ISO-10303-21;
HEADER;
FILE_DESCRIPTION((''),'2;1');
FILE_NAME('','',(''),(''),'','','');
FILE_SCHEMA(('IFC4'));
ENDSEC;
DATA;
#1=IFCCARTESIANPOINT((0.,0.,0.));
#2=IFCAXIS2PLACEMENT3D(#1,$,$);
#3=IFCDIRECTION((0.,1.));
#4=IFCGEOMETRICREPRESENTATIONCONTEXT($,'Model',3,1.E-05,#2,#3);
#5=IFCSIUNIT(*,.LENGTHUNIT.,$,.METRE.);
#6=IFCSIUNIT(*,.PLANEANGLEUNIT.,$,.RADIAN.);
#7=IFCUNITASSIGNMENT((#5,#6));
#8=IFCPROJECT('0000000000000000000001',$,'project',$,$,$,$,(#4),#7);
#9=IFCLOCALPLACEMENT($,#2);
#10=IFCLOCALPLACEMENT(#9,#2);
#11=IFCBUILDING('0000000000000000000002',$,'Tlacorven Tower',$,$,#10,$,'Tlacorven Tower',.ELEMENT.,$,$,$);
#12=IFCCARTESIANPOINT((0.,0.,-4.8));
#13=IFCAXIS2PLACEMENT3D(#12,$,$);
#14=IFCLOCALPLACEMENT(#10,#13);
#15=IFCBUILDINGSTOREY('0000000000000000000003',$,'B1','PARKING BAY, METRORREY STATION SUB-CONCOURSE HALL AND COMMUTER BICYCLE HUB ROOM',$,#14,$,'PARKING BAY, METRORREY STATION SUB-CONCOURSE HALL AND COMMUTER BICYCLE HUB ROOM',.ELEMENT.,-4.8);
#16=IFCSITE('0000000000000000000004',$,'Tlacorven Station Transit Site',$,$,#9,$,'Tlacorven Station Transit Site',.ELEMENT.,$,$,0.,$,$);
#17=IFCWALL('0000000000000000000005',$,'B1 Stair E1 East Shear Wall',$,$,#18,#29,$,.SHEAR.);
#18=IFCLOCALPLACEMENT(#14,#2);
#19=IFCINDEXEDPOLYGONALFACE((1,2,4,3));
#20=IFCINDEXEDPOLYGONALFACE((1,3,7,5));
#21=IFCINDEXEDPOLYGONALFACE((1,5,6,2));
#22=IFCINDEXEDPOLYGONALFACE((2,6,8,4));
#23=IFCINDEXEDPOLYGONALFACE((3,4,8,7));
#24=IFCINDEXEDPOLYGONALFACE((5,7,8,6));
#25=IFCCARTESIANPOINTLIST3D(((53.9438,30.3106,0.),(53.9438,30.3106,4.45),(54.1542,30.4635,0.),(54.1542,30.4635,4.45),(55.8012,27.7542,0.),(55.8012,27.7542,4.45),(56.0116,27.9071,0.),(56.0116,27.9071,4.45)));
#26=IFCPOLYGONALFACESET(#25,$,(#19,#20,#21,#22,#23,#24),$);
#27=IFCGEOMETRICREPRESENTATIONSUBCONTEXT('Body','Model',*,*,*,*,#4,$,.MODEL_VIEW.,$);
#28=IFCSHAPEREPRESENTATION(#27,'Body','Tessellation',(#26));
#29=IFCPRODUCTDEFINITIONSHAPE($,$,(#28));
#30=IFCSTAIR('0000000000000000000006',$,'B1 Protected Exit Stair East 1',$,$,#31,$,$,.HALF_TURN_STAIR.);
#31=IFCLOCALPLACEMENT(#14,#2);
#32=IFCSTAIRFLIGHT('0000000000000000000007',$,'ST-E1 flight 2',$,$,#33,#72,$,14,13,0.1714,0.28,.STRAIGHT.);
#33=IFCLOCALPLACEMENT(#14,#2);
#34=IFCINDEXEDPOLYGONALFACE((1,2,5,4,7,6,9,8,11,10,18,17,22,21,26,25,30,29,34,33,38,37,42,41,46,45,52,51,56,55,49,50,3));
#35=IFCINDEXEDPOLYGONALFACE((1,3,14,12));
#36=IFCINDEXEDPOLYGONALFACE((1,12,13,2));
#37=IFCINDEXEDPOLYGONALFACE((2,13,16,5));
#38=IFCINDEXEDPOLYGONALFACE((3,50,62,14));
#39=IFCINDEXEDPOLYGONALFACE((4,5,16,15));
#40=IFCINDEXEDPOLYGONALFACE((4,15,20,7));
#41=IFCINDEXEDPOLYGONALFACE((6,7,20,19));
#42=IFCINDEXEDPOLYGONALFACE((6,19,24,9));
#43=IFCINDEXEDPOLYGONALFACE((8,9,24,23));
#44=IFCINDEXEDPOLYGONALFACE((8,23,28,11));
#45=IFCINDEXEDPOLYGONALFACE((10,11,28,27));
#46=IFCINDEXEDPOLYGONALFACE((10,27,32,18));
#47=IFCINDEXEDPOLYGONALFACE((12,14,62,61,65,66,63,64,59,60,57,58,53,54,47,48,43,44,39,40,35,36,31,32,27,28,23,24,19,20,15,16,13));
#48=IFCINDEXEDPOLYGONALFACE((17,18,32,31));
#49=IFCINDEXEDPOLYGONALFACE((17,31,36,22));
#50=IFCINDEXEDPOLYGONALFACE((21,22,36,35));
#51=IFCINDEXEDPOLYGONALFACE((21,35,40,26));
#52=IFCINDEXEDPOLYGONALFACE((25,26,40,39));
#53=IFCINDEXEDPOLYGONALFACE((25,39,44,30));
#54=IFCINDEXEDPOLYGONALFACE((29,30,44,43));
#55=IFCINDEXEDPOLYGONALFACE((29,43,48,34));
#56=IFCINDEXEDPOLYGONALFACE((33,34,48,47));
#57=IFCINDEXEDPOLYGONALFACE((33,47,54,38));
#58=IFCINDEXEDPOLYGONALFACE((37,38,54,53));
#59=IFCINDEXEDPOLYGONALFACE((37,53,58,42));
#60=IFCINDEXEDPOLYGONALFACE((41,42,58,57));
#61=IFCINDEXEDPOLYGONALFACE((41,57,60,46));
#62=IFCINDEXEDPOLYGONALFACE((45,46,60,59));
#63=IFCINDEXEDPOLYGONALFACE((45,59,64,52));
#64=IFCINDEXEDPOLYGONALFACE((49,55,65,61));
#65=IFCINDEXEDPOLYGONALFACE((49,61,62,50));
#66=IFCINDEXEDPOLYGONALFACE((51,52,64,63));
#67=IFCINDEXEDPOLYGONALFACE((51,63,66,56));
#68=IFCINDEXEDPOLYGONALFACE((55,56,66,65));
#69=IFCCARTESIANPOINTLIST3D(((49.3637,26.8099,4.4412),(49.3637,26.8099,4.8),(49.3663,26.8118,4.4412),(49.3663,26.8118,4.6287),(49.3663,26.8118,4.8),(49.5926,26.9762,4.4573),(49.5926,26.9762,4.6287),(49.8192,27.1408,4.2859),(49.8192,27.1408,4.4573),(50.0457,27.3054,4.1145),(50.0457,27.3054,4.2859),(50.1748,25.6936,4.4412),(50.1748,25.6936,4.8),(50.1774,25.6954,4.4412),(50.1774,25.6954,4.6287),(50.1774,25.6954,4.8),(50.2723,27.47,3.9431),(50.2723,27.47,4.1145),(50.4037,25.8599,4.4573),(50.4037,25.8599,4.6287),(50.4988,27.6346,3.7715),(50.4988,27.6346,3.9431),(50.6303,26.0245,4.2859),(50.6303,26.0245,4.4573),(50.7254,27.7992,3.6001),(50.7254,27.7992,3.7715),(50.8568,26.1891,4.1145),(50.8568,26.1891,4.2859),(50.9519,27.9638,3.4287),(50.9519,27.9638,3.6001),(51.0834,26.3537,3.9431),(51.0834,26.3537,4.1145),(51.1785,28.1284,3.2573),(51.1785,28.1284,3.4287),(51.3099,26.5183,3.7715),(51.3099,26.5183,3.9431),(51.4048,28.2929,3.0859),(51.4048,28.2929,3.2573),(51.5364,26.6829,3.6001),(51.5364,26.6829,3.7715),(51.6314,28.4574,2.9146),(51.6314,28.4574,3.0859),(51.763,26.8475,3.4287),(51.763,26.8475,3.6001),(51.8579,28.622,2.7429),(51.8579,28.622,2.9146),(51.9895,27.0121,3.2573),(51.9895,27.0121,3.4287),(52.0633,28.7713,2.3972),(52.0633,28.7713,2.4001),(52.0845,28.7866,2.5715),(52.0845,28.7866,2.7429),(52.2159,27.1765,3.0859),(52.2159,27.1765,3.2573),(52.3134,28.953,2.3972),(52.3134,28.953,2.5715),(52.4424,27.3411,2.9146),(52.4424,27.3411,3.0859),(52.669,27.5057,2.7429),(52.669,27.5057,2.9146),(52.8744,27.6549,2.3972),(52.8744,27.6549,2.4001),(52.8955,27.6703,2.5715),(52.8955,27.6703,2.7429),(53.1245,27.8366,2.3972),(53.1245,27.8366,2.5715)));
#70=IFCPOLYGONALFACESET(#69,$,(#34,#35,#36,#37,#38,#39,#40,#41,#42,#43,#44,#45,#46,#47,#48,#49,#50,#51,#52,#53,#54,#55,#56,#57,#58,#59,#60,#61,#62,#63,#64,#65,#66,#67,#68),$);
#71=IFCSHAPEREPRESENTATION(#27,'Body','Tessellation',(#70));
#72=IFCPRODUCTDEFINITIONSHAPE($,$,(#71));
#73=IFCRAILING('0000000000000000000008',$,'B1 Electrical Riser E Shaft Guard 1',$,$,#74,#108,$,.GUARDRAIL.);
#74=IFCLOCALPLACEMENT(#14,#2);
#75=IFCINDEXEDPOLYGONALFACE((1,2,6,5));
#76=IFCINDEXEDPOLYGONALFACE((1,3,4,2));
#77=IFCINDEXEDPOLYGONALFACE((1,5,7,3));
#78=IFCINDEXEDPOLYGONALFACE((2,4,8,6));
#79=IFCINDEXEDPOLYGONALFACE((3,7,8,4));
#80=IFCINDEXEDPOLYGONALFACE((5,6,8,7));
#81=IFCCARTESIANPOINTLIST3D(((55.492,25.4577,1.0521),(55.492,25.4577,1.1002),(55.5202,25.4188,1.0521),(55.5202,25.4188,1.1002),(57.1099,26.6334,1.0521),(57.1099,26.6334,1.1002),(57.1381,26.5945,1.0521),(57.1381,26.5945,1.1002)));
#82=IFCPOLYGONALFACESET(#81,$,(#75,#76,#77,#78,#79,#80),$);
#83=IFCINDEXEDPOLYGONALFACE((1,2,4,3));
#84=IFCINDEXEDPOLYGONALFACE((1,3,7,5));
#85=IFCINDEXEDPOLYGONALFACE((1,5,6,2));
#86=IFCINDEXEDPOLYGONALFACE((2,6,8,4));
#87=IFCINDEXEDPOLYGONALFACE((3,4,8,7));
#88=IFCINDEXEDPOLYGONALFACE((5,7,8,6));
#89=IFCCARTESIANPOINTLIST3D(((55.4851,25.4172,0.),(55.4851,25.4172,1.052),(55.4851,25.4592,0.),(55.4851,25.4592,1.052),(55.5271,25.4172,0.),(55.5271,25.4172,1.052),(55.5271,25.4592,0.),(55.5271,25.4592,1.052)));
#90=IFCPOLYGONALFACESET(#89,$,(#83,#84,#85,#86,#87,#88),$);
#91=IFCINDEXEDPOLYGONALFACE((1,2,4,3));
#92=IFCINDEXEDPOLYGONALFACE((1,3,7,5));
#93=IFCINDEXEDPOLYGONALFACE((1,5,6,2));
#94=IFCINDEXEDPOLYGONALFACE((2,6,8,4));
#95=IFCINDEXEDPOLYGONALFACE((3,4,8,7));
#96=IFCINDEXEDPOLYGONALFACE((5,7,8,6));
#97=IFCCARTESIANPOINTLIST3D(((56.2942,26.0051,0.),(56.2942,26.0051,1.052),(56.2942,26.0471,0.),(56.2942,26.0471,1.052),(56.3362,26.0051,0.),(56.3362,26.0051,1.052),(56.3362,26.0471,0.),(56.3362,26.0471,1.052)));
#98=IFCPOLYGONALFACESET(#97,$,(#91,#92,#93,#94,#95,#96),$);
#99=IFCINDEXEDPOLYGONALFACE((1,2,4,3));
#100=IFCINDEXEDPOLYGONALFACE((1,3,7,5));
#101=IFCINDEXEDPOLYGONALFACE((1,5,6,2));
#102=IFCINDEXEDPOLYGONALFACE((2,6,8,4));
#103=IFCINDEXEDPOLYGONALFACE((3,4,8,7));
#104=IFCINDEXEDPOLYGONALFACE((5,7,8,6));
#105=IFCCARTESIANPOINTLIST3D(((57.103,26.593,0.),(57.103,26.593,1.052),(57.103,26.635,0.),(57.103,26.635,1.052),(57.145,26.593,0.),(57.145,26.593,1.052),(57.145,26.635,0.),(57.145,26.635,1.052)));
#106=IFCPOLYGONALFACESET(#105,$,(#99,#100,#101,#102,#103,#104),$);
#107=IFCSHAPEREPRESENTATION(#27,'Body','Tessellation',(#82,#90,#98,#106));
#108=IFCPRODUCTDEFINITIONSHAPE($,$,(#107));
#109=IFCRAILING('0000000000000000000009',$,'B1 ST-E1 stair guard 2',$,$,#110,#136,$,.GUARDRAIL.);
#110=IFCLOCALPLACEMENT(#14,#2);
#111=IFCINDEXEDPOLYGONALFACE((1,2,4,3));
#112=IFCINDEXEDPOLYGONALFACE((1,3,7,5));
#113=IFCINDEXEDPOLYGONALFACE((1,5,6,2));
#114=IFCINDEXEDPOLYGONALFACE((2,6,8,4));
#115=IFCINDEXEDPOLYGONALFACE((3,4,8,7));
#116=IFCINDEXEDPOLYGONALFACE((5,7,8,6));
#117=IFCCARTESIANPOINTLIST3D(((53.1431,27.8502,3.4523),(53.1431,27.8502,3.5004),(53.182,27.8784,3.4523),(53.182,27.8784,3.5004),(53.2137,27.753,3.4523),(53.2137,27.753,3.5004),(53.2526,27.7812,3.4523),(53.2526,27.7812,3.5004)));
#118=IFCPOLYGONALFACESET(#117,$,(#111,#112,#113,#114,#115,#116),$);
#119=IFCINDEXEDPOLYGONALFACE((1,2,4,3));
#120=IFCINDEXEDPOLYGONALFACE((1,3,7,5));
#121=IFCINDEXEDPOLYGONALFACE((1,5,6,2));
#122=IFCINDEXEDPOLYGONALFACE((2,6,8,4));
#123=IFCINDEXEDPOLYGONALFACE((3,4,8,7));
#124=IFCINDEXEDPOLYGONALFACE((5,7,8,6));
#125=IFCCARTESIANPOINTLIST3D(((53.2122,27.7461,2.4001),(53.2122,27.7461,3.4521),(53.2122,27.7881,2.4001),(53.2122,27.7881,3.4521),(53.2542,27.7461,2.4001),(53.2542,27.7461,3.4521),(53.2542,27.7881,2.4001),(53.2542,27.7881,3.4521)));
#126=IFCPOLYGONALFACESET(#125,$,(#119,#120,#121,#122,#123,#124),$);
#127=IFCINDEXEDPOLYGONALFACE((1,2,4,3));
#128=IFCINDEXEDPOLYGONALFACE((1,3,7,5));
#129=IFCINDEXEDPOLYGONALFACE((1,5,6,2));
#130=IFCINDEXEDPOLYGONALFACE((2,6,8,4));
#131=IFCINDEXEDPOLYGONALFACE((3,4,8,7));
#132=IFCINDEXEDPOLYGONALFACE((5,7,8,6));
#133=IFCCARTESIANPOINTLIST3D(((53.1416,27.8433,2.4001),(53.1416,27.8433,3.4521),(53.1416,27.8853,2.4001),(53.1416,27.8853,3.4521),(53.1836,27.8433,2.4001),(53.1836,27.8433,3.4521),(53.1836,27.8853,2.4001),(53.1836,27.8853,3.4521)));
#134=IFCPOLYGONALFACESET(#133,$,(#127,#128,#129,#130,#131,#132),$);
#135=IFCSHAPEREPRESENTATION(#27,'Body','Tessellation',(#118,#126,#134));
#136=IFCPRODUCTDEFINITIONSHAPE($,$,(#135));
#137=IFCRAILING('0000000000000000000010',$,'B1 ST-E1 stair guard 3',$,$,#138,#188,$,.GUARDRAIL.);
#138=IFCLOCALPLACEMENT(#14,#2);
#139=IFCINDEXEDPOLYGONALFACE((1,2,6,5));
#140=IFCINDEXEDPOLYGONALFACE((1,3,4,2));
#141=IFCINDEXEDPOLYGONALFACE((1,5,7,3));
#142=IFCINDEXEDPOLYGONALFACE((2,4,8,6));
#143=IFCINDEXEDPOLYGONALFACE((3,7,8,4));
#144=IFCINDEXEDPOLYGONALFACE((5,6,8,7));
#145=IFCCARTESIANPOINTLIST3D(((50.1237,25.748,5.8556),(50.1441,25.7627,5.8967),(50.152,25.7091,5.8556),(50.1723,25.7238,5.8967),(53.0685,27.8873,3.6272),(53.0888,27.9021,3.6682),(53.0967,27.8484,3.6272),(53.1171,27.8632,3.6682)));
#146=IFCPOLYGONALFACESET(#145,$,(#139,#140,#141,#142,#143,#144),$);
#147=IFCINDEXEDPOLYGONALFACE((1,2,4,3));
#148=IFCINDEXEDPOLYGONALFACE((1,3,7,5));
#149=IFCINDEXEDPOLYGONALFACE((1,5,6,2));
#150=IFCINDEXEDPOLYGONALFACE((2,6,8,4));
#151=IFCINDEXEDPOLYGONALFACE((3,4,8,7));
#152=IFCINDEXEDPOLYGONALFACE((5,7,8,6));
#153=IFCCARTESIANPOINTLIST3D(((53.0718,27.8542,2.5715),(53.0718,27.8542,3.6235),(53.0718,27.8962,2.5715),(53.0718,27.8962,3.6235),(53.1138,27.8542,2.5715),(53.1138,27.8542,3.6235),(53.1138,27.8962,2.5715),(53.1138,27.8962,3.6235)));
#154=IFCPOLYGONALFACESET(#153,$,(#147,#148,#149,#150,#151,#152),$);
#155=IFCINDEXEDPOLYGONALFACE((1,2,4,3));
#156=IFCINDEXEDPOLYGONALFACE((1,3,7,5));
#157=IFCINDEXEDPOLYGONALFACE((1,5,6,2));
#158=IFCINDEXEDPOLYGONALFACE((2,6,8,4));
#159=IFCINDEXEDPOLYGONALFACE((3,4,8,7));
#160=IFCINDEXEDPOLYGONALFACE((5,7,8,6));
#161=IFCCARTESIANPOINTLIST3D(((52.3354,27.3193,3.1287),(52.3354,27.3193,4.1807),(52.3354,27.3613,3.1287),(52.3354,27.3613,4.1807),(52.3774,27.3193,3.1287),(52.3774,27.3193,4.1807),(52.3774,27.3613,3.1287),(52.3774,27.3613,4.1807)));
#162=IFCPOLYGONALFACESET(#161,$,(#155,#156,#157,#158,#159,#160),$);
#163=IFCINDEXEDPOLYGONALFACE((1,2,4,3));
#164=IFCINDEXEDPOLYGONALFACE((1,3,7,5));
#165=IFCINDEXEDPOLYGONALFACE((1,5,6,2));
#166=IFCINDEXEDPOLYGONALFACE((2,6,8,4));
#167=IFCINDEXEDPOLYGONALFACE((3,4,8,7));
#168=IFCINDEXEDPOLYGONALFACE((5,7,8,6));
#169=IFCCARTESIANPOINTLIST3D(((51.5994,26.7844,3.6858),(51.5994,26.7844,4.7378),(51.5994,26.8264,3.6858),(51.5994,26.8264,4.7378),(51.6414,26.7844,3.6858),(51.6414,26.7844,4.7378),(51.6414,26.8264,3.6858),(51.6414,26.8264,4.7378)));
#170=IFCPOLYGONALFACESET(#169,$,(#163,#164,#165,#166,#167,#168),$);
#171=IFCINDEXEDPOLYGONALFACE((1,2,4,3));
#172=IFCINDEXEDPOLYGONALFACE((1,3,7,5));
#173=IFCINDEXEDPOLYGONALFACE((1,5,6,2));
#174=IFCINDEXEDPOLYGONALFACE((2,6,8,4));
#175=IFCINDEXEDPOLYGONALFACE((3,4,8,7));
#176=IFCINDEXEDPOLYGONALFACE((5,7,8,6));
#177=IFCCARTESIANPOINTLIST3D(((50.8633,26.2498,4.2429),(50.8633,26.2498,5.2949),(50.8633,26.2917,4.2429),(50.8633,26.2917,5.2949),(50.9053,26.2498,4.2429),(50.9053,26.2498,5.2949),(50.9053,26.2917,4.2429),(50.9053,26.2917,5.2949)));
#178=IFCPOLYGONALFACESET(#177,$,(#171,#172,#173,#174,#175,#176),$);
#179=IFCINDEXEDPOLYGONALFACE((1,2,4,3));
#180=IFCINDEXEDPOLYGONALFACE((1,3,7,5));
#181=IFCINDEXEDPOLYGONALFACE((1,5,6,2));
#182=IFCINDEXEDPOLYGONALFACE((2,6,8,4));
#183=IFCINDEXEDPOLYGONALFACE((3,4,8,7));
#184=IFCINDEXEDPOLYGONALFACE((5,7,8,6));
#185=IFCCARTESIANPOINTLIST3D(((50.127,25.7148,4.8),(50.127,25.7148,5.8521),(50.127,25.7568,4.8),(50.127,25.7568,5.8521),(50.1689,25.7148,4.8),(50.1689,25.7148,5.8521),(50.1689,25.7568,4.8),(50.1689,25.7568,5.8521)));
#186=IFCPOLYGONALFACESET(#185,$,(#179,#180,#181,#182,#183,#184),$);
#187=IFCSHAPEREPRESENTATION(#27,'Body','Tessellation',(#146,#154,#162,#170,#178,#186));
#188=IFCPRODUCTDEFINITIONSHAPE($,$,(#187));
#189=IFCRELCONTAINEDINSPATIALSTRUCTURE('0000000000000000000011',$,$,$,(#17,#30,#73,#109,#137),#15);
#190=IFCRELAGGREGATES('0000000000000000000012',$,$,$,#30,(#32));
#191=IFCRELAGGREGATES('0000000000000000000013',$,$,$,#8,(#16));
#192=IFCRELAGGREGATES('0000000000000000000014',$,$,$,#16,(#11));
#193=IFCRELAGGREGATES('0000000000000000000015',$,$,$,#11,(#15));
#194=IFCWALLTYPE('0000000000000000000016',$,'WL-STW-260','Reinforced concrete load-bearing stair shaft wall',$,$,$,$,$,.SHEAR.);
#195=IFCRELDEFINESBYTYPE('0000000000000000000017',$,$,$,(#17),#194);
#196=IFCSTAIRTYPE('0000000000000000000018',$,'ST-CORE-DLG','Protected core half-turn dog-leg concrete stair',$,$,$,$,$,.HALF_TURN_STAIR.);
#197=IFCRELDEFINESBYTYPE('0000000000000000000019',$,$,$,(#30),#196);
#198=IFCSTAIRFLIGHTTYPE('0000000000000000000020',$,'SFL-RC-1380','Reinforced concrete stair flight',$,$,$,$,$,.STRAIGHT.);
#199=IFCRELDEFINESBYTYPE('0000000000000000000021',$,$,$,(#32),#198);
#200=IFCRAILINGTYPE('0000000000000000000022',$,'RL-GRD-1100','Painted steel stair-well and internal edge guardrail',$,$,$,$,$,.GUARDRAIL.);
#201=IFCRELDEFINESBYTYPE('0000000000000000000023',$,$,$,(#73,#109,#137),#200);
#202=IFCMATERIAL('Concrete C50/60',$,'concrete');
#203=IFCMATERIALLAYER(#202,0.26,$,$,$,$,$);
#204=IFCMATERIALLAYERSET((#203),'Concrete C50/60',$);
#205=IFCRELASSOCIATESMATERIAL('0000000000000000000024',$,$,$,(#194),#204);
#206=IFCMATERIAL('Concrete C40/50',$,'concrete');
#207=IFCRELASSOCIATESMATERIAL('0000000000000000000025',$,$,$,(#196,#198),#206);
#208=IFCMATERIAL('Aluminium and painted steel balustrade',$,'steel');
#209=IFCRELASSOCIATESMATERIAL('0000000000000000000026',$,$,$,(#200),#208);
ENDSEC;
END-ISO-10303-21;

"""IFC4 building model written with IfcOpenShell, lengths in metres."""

from ifc_helpers import new_model, si_unit, direction, frame, frame_2d, origin, origin_2d, place, context, subcontext, project, spatial, polyline, rectangle, outline, extrude, source, transform, mapped, material, layer, layer_set, type_object, element, aggregate, save


model = new_model("IFC4")

# Units and contexts
model_context = context("Model", 3, precision=1e-05, world=origin(), true_north=direction((0.0, 1.0)))
body_context = subcontext(model_context, "Body", "Model", "MODEL_VIEW")
ifc_project = project(units=[si_unit("LENGTHUNIT", "METRE"), si_unit("PLANEANGLEUNIT", "RADIAN")], contexts=[model_context])

# Site, building, storey
site_placement = place(None, origin())
site = spatial("IfcSite", under=ifc_project, at=site_placement, Name="Tlacorven Station Transit Site", LongName="Tlacorven Station Transit Site", CompositionType="ELEMENT", RefElevation=0.0)
building_placement = place(site_placement, origin())
building = spatial("IfcBuilding", under=site, at=building_placement, Name="Tlacorven Tower", LongName="Tlacorven Tower", CompositionType="ELEMENT")
storey_placement = place(building_placement, frame((0.0, 0.0, -4.8)))
storey = spatial("IfcBuildingStorey", under=building, at=storey_placement, Name="B1", Description="PARKING BAY, METRORREY STATION SUB-CONCOURSE HALL AND COMMUTER BICYCLE HUB ROOM", LongName="PARKING BAY, METRORREY STATION SUB-CONCOURSE HALL AND COMMUTER BICYCLE HUB ROOM", CompositionType="ELEMENT", Elevation=-4.8)

# Shared definitions
ifc_material_1 = material(Name="Concrete C50/60", Category="concrete")
ifc_material_2 = material(Name="Concrete C40/50", Category="concrete")

# Wall
ifc_layer_1 = layer(ifc_material_1, 0.26)
ifc_layer_set_1 = layer_set([ifc_layer_1], Name="Concrete C50/60")
wall_type_1 = type_object("IfcWallType", Name="WL-STW-260", Description="Reinforced concrete load-bearing stair shaft wall", PredefinedType="SHEAR", material=ifc_layer_set_1)
wall_1_placement = place(storey_placement, frame((55.9065, 27.8306, 0.0), z_axis=(0.0, 0.0, 1.0), x_axis=(-0.587804, 0.809003, 0.0)))
element("IfcWall", 1, at=wall_1_placement, inside=storey, type_object=wall_type_1, Name="B1 Stair E1 East Shear Wall", PredefinedType="SHEAR", context=body_context, shape_type="SweptSolid", body=[
    extrude(rectangle(XDim=3.1599, YDim=0.26, at=frame_2d((1.5801, 0.0))), origin(), (0.0, 0.0, 1.0), 4.45),
])

# Stair, stair flight
stair_type = type_object("IfcStairType", Name="ST-CORE-DLG", Description="Protected core half-turn dog-leg concrete stair", PredefinedType="HALF_TURN_STAIR", material=ifc_material_2)
stair_placement = place(storey_placement, origin())
stair = element("IfcStair", 2, at=stair_placement, inside=storey, type_object=stair_type, Name="B1 Protected Exit Stair East 1", PredefinedType="HALF_TURN_STAIR")
stair_flight_type = type_object("IfcStairFlightType", Name="SFL-RC-1380", Description="Reinforced concrete stair flight", PredefinedType="STRAIGHT", material=ifc_material_2)
shared_shape_1 = source(origin(), body_context, "Body", "SweptSolid", [
    extrude(outline(polyline([(-0.0029, -0.0029), (-0.0029, 0.1714), (0.28, 0.1714), (0.28, 0.3428), (0.5601, 0.3428), (0.5601, 0.5144), (0.8401, 0.5144), (0.8401, 0.6858), (1.1201, 0.6858), (1.1201, 0.8572), (1.3999, 0.8572), (1.3999, 1.0286), (1.6799, 1.0286), (1.6799, 1.2), (1.96, 1.2), (1.96, 1.3713), (2.24, 1.3713), (2.24, 1.543), (2.52, 1.543), (2.52, 1.7144), (2.8, 1.7144), (2.8, 1.8857), (3.0801, 1.8857), (3.0801, 2.0571), (3.3601, 2.0571), (3.3601, 2.2285), (3.6399, 2.2285), (3.6399, 2.3999), (3.6431, 2.3999), (3.6431, 2.041), (3.6399, 2.041), (0.3062, 0.0), (0.3062, -0.0029), (-0.0029, -0.0029)])), frame((0.0, 0.6899, 0.0), z_axis=(0.0, -1.0, 0.0), x_axis=(1.0, 0.0, 0.0)), (0.0, 0.0, 1.0), 1.3799),
])
stair_flight_placement = place(storey_placement, frame((52.7166, 28.3931, 2.4001), z_axis=(0.0, 0.0, 1.0), x_axis=(-0.809017, -0.587785, 0.0)))
stair_flight = element("IfcStairFlight", 3, at=stair_flight_placement, type_object=stair_flight_type, Name="ST-E1 flight 2", NumberOfRisers=14, NumberOfTreads=13, PredefinedType="STRAIGHT", RiserHeight=0.1714, TreadLength=0.28, context=body_context, shape_type="MappedRepresentation", body=[
    mapped(shared_shape_1, transform((0.0, 0.0, 0.0), scale=1.0)),
])
aggregate(stair, [stair_flight])

# Railings
ifc_material_3 = material(Name="Aluminium and painted steel balustrade", Category="steel")
railing_type_1 = type_object("IfcRailingType", Name="RL-GRD-1100", Description="Painted steel stair-well and internal edge guardrail", PredefinedType="GUARDRAIL", material=ifc_material_3)
shared_shape_2 = source(origin(), body_context, "Body", "SweptSolid", [
    extrude(rectangle(XDim=0.0481, YDim=0.0481, at=origin_2d()), frame((0.0, 0.0, 1.0762), z_axis=(0.808947, 0.587881, 0.0), x_axis=(-0.587881, 0.808947, 0.0)), (0.0, 0.0, 1.0), 2.0),
    extrude(rectangle(XDim=0.042, YDim=0.042, at=origin_2d()), origin(), (0.0, 0.0, 1.0), 1.052),
    extrude(rectangle(XDim=0.042, YDim=0.042, at=origin_2d()), frame((0.8091, 0.5879, 0.0)), (0.0, 0.0, 1.0), 1.052),
    extrude(rectangle(XDim=0.042, YDim=0.042, at=origin_2d()), frame((1.6179, 1.1758, 0.0)), (0.0, 0.0, 1.0), 1.052),
])
railing_1_placement = place(storey_placement, frame((55.5061, 25.4382, 0.0)))
element("IfcRailing", 4, at=railing_1_placement, inside=storey, type_object=railing_type_1, Name="B1 Electrical Riser E Shaft Guard 1", PredefinedType="GUARDRAIL", context=body_context, shape_type="MappedRepresentation", body=[
    mapped(shared_shape_2, transform((0.0, 0.0, 0.0), scale=1.0)),
])
shared_shape_3 = source(origin(), body_context, "Body", "SweptSolid", [
    extrude(rectangle(XDim=0.0481, YDim=0.0481, at=origin_2d()), frame((0.0, 0.0, 1.0762), z_axis=(-0.587567, 0.809175, 0.0), x_axis=(-0.809175, -0.587567, 0.0)), (0.0, 0.0, 1.0), 0.1201),
    extrude(rectangle(XDim=0.042, YDim=0.042, at=origin_2d()), origin(), (0.0, 0.0, 1.0), 1.052),
    extrude(rectangle(XDim=0.042, YDim=0.042, at=origin_2d()), frame((-0.0706, 0.0972, 0.0)), (0.0, 0.0, 1.0), 1.052),
])
railing_2_placement = place(storey_placement, frame((53.2332, 27.7671, 2.4001)))
element("IfcRailing", 5, at=railing_2_placement, inside=storey, type_object=railing_type_1, Name="B1 ST-E1 stair guard 2", PredefinedType="GUARDRAIL", context=body_context, shape_type="MappedRepresentation", body=[
    mapped(shared_shape_3, transform((0.0, 0.0, 0.0), scale=1.0)),
])
shared_shape_4 = source(origin(), body_context, "Body", "SweptSolid", [
    extrude(rectangle(XDim=0.0481, YDim=0.0481, at=origin_2d()), frame((0.0, 0.0, 1.0762), z_axis=(-0.689987, -0.501273, 0.522152), x_axis=(0.587761, -0.809035, 0.0)), (0.0, 0.0, 1.0), 4.2678),
    extrude(rectangle(XDim=0.042, YDim=0.042, at=origin_2d()), origin(), (0.0, 0.0, 1.0), 1.052),
    extrude(rectangle(XDim=0.042, YDim=0.042, at=origin_2d()), frame((-0.7363, -0.5349, 0.5571)), (0.0, 0.0, 1.0), 1.052),
    extrude(rectangle(XDim=0.042, YDim=0.042, at=origin_2d()), frame((-1.4724, -1.0698, 1.1143)), (0.0, 0.0, 1.0), 1.052),
    extrude(rectangle(XDim=0.042, YDim=0.042, at=origin_2d()), frame((-2.2085, -1.6045, 1.6714)), (0.0, 0.0, 1.0), 1.052),
    extrude(rectangle(XDim=0.042, YDim=0.042, at=origin_2d()), frame((-2.9448, -2.1394, 2.2285)), (0.0, 0.0, 1.0), 1.052),
])
railing_3_placement = place(storey_placement, frame((53.0928, 27.8752, 2.5715)))
element("IfcRailing", 6, at=railing_3_placement, inside=storey, type_object=railing_type_1, Name="B1 ST-E1 stair guard 3", PredefinedType="GUARDRAIL", context=body_context, shape_type="MappedRepresentation", body=[
    mapped(shared_shape_4, transform((0.0, 0.0, 0.0), scale=1.0)),
])

save(model, "model.ifc")
